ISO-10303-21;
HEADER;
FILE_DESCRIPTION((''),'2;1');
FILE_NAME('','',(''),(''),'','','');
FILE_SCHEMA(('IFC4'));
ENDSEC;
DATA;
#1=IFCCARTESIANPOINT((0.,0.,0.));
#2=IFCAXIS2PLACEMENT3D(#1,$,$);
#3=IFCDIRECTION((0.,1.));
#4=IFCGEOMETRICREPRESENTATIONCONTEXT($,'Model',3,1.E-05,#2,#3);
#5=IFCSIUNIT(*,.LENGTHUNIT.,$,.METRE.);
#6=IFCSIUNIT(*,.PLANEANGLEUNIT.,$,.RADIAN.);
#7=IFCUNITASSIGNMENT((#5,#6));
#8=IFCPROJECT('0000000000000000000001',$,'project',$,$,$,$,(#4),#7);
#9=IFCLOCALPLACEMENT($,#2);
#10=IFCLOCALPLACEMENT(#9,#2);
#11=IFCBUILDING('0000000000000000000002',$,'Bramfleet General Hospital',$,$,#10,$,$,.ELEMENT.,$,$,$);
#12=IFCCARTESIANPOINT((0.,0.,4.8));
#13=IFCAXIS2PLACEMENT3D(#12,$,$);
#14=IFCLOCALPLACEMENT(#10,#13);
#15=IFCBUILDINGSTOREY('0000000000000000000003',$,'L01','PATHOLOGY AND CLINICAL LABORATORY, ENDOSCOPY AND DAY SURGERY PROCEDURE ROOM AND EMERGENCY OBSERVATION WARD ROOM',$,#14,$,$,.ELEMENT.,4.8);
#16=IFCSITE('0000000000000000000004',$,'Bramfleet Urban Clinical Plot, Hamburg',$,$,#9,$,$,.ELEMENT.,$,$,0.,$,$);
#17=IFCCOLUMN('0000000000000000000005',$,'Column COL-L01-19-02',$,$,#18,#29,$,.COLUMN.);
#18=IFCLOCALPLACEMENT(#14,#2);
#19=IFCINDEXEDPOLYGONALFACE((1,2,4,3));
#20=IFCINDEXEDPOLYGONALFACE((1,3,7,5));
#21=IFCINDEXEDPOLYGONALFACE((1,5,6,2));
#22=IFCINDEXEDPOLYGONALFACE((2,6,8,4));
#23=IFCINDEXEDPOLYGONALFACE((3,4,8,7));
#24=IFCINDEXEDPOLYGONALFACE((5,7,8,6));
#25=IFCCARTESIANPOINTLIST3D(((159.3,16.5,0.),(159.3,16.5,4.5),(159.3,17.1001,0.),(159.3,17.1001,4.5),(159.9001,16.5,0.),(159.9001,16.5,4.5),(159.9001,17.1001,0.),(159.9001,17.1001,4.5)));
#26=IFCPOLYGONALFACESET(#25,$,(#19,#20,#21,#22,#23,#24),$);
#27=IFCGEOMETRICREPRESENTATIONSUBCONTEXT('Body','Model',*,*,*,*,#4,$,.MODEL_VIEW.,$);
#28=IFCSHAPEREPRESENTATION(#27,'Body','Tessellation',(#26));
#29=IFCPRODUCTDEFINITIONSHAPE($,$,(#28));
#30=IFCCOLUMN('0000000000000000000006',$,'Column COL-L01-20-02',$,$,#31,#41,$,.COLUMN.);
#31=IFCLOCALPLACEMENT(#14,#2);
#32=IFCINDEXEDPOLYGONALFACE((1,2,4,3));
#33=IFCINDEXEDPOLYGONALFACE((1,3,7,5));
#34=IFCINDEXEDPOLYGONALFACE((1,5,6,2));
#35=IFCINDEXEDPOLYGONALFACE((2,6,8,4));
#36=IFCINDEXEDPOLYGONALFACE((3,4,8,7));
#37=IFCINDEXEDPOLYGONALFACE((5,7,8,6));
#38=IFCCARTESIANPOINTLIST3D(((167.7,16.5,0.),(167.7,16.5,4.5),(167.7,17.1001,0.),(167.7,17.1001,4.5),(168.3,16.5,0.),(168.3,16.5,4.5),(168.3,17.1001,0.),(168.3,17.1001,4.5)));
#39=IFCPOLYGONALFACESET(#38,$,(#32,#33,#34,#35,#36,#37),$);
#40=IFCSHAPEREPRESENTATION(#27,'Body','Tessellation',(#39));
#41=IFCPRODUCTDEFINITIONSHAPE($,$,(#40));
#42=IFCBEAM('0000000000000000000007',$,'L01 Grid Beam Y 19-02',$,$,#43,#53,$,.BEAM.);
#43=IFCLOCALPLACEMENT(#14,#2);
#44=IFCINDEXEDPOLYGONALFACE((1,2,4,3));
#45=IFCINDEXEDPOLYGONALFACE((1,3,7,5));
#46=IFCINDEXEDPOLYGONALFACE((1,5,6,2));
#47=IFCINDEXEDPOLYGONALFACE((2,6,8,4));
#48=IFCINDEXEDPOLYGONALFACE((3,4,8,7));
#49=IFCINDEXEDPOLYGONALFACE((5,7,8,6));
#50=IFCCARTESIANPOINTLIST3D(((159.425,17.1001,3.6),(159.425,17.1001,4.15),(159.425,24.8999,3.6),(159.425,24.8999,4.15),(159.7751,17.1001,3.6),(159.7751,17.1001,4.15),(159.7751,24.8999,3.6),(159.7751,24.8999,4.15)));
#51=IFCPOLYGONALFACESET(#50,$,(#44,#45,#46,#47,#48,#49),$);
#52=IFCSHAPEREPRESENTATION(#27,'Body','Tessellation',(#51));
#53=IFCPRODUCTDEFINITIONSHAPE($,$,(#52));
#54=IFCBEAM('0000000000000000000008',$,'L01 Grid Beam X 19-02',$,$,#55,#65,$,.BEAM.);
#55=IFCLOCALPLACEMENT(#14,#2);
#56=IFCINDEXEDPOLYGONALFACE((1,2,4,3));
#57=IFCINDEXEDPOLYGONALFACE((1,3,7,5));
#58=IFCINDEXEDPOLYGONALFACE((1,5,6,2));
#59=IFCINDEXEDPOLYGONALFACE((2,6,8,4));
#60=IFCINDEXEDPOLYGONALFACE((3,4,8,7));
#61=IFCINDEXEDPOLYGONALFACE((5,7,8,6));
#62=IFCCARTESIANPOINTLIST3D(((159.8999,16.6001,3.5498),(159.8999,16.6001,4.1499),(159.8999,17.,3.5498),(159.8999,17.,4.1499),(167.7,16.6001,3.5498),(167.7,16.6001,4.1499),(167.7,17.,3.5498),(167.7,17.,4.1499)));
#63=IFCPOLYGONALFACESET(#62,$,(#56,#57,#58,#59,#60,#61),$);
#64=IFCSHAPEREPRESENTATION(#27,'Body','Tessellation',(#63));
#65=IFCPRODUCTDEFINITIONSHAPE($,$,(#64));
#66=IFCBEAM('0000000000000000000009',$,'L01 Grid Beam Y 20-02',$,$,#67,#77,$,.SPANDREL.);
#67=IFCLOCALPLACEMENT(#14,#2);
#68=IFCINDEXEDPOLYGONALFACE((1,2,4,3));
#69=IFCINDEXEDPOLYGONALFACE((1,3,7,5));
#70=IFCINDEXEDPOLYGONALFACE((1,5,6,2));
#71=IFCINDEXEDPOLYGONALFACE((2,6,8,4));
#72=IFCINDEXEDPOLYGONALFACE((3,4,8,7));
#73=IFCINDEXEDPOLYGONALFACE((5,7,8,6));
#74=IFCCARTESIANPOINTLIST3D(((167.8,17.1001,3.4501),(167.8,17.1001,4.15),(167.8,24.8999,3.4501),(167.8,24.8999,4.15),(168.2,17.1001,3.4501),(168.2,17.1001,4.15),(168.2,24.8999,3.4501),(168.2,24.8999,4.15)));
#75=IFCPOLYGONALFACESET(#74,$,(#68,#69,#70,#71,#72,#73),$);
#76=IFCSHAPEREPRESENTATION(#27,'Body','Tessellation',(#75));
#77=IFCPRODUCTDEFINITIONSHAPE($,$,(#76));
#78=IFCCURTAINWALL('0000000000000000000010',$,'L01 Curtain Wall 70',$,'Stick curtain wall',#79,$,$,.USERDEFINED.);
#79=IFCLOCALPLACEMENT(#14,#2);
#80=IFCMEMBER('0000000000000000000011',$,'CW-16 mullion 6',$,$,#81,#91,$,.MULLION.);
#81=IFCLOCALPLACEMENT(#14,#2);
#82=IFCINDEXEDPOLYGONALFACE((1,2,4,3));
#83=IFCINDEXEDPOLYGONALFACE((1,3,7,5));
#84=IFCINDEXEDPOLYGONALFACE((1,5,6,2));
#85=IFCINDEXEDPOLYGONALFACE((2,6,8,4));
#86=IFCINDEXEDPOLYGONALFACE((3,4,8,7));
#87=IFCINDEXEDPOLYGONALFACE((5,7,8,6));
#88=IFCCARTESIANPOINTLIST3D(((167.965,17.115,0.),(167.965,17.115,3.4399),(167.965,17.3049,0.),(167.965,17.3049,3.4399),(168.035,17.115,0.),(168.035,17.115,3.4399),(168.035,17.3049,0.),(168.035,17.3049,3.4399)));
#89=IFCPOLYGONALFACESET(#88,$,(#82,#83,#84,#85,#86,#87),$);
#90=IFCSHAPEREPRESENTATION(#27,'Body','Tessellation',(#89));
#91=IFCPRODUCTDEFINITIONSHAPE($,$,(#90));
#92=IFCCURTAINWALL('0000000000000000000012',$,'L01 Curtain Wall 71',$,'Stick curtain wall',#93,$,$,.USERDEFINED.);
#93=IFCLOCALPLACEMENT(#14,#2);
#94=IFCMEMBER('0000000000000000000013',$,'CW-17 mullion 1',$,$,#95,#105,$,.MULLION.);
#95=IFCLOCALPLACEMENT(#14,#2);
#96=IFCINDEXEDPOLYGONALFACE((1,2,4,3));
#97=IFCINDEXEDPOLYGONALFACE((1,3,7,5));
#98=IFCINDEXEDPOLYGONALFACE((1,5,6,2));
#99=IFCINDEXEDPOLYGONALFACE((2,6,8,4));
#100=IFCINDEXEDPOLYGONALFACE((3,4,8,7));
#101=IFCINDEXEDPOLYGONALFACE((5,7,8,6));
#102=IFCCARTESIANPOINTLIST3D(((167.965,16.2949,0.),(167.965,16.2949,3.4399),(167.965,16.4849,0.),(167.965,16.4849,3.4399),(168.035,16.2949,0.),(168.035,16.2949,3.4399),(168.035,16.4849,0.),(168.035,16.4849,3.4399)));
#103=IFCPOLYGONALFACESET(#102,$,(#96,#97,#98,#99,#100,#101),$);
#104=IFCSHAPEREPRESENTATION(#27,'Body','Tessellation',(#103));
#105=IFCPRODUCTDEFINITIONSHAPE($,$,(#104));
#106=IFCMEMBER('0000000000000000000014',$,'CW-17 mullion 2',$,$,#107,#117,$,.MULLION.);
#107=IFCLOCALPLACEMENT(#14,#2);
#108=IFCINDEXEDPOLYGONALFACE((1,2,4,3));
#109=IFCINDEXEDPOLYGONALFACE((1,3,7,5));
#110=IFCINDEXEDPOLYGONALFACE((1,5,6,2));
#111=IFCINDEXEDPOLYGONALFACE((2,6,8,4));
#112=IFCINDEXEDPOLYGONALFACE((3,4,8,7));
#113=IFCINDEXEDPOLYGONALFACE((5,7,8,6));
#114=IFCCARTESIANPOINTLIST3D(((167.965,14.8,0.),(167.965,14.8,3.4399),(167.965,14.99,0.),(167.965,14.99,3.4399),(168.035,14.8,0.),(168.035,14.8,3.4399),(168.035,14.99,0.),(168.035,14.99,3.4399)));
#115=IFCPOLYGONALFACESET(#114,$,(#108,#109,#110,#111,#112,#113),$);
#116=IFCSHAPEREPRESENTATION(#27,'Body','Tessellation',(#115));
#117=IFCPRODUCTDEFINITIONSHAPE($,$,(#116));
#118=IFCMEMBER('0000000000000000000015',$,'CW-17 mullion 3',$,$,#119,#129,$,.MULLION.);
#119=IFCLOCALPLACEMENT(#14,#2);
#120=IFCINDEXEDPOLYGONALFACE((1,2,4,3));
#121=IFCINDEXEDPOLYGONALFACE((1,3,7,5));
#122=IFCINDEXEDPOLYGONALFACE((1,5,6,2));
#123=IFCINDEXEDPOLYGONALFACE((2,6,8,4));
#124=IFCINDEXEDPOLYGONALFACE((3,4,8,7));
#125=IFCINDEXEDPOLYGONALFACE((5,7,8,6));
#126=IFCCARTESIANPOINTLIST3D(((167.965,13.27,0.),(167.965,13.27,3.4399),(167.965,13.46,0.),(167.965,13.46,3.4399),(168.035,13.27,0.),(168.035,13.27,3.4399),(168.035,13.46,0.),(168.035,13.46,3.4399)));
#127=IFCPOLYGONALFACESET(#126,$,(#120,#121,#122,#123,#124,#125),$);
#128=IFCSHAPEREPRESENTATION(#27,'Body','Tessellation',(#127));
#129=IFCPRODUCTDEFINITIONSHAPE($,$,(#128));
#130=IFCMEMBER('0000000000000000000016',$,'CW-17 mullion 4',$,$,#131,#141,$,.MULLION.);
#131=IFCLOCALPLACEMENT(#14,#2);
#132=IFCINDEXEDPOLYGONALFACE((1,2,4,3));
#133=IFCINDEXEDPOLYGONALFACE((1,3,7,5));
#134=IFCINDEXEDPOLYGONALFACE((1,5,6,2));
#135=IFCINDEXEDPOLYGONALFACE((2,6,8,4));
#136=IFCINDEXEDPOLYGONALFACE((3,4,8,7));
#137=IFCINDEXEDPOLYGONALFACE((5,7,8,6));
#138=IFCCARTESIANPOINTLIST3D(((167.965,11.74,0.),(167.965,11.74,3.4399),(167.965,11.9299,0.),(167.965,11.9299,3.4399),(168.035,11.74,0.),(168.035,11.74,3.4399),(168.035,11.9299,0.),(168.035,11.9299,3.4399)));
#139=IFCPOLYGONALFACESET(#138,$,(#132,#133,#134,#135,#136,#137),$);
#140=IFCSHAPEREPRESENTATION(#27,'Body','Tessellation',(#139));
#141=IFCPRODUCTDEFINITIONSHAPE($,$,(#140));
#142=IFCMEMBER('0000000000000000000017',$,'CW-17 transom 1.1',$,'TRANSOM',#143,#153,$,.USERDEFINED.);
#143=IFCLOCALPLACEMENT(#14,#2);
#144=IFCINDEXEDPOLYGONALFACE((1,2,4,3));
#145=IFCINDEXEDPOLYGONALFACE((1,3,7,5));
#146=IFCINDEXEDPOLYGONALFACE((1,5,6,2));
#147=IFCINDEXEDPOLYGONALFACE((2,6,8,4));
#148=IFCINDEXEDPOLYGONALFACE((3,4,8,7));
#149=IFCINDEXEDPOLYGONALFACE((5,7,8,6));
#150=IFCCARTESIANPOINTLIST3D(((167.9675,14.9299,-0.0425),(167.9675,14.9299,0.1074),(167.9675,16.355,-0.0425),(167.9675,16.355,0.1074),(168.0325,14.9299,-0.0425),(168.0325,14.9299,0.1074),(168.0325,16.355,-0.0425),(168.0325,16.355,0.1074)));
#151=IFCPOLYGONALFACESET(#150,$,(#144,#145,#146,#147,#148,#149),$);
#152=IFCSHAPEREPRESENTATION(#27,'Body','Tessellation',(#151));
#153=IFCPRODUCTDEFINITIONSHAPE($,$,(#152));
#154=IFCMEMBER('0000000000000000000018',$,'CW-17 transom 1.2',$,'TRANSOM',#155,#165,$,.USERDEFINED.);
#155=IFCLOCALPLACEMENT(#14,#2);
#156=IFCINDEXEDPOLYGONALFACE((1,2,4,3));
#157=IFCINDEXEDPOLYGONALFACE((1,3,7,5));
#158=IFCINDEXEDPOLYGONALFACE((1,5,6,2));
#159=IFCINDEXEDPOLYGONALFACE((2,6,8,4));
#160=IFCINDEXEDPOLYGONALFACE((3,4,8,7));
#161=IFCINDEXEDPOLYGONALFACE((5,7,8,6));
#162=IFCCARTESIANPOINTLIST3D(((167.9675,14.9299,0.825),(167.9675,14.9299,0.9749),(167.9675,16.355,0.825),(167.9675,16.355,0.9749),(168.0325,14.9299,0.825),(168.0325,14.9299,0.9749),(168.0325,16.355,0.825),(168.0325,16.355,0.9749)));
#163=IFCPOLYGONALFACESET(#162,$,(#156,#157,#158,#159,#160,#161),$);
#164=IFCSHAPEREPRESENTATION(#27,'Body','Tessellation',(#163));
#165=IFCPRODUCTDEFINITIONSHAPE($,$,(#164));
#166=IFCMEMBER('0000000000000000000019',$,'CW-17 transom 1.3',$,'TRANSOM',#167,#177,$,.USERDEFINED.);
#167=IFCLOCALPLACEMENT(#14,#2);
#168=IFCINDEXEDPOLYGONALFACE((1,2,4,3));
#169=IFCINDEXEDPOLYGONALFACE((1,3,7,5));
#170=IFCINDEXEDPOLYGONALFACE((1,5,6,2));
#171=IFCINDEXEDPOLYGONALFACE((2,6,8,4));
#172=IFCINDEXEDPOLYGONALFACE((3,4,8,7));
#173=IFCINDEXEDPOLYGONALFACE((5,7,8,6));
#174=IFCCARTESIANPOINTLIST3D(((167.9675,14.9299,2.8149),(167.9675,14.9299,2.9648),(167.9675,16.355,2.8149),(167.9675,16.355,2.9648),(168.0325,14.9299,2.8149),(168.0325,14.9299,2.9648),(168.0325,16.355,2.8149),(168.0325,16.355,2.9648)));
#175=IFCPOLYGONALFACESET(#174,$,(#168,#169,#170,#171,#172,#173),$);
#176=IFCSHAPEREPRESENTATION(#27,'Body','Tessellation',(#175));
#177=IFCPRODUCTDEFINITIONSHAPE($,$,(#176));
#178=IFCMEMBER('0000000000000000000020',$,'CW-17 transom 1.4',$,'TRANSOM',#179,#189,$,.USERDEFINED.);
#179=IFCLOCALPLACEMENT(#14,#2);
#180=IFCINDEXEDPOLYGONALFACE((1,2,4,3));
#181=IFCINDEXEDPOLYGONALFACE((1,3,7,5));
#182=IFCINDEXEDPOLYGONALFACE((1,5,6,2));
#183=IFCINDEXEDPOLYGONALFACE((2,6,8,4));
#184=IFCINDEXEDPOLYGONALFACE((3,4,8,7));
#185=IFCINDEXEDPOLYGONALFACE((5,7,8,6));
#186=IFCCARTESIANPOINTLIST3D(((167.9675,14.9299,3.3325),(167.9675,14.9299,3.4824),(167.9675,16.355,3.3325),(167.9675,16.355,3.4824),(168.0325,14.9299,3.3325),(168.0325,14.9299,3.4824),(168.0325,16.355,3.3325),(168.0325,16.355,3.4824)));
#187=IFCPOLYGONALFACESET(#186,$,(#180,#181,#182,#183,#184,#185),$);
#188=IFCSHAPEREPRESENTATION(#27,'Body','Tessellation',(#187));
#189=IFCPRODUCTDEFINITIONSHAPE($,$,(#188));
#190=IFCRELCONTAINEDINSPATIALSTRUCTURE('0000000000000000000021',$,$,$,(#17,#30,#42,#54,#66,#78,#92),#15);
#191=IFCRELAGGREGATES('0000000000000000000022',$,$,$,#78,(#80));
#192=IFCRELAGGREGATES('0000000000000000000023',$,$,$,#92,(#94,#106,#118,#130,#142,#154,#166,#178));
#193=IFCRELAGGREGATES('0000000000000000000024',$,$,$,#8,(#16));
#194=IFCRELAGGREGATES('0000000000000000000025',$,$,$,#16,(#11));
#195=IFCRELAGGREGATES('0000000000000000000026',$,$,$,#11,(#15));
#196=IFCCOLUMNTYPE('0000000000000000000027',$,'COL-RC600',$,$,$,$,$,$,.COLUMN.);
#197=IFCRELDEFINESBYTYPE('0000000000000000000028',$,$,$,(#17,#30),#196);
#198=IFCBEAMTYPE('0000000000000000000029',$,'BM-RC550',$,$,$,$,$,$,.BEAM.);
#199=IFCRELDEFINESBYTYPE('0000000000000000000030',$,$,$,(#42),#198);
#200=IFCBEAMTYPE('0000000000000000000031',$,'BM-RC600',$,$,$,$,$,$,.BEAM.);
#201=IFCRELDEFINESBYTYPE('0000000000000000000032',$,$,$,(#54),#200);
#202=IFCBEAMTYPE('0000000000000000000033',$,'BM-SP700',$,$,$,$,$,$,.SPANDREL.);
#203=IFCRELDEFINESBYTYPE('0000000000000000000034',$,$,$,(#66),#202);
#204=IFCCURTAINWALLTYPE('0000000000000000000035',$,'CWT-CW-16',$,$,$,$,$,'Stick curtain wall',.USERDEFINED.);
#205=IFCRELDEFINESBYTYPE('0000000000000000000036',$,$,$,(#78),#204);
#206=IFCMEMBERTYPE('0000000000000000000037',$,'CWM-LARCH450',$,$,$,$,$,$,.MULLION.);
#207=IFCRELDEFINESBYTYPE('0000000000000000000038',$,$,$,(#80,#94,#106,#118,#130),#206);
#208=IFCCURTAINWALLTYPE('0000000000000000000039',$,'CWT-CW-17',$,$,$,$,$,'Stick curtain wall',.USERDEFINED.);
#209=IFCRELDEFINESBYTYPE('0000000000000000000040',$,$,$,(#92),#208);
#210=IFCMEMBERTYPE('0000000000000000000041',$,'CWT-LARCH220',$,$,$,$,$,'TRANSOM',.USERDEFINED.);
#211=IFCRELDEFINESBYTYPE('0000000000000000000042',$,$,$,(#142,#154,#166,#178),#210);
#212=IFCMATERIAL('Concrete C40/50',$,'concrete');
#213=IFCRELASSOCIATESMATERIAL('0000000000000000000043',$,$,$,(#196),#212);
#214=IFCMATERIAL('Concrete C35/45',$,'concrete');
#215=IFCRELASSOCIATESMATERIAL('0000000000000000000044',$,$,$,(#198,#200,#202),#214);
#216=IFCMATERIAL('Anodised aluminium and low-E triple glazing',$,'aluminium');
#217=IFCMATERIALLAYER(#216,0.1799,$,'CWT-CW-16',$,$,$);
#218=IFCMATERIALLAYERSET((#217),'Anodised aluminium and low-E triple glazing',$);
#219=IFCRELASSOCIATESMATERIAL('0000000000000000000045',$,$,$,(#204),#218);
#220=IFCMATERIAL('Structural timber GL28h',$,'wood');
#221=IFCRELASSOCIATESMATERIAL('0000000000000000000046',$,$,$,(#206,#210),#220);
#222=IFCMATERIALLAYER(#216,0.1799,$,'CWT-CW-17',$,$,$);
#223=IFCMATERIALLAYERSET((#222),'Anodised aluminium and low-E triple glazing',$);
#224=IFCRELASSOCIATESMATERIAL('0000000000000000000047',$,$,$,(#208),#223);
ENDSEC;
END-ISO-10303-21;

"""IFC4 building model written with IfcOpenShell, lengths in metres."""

from ifc_helpers import new_model, si_unit, direction, frame, origin, origin_2d, place, context, subcontext, project, spatial, rectangle, extrude, material, layer, layer_set, material_profile, profile_set, type_object, element, aggregate, save


model = new_model("IFC4")

# Units and contexts
model_context = context("Model", 3, precision=1e-05, world=origin(), true_north=direction((0.0, 1.0)))
body_context = subcontext(model_context, "Body", "Model", "MODEL_VIEW")
ifc_project = project(units=[si_unit("LENGTHUNIT", "METRE"), si_unit("PLANEANGLEUNIT", "RADIAN")], contexts=[model_context])

# Site, building, storey
site_placement = place(None, origin())
site = spatial("IfcSite", under=ifc_project, at=site_placement, Name="Bramfleet Urban Clinical Plot, Hamburg", CompositionType="ELEMENT", RefElevation=0.0)
building_placement = place(site_placement, origin())
building = spatial("IfcBuilding", under=site, at=building_placement, Name="Bramfleet General Hospital", CompositionType="ELEMENT")
storey_placement = place(building_placement, frame((0.0, 0.0, 4.8)))
storey = spatial("IfcBuildingStorey", under=building, at=storey_placement, Name="L01", Description="PATHOLOGY AND CLINICAL LABORATORY, ENDOSCOPY AND DAY SURGERY PROCEDURE ROOM AND EMERGENCY OBSERVATION WARD ROOM", CompositionType="ELEMENT", Elevation=4.8)

# Columns
ifc_material_1 = material(Name="Concrete C40/50", Category="concrete")
ifc_material_profile_1 = material_profile(ifc_material_1, rectangle(XDim=0.6001, YDim=0.6001, at=origin_2d()), Name="RC COL 600x600")
ifc_profile_set_1 = profile_set([ifc_material_profile_1], Name="Concrete C40/50")
column_type = type_object("IfcColumnType", Name="COL-RC600", PredefinedType="COLUMN", material=ifc_profile_set_1)
for number, where, z_axis, x_axis, name in (
    (1, (159.6001, 16.8, 0.0), (0.0, 0.0, 1.0), (1.0, 0.0, 0.0), "Column COL-L01-19-02"),
    (2, (168.0, 16.8, 0.0), (0.0, 0.0, 1.0), (1.0, 0.0, 0.0), "Column COL-L01-20-02"),
):
    element("IfcColumn", number, at=place(storey_placement, frame(where, z_axis=z_axis, x_axis=x_axis)), inside=storey, type_object=column_type, Name=name, PredefinedType="COLUMN", context=body_context, shape_type="SweptSolid", body=[
        extrude(rectangle(XDim=0.6001, YDim=0.6001, at=origin_2d()), origin(), (0.0, 0.0, 1.0), 4.5),
    ])

# Beams
ifc_material_2 = material(Name="Concrete C35/45", Category="concrete")
ifc_material_profile_2 = material_profile(ifc_material_2, rectangle(XDim=0.3501, YDim=0.55, at=origin_2d()), Name="RC BM 550x350")
ifc_profile_set_2 = profile_set([ifc_material_profile_2], Name="Concrete C35/45")
beam_type_1 = type_object("IfcBeamType", Name="BM-RC550", PredefinedType="BEAM", material=ifc_profile_set_2)
beam_1_placement = place(storey_placement, frame((159.6001, 17.1001, 3.875), z_axis=(0.0, 1.0, 0.0), x_axis=(-1.0, 0.0, 0.0)))
element("IfcBeam", 3, at=beam_1_placement, inside=storey, type_object=beam_type_1, Name="L01 Grid Beam Y 19-02", PredefinedType="BEAM", context=body_context, shape_type="SweptSolid", body=[
    extrude(rectangle(XDim=0.3501, YDim=0.55, at=origin_2d()), origin(), (0.0, 0.0, 1.0), 7.7998),
])
ifc_material_profile_3 = material_profile(ifc_material_2, rectangle(XDim=0.3999, YDim=0.6001, at=origin_2d()), Name="RC BM 600x400")
ifc_profile_set_3 = profile_set([ifc_material_profile_3], Name="Concrete C35/45")
beam_type_2 = type_object("IfcBeamType", Name="BM-RC600", PredefinedType="BEAM", material=ifc_profile_set_3)
beam_2_placement = place(storey_placement, frame((159.8999, 16.8, 3.8499), z_axis=(1.0, 0.0, 0.0), x_axis=(0.0, 1.0, 0.0)))
element("IfcBeam", 4, at=beam_2_placement, inside=storey, type_object=beam_type_2, Name="L01 Grid Beam X 19-02", PredefinedType="BEAM", context=body_context, shape_type="SweptSolid", body=[
    extrude(rectangle(XDim=0.3999, YDim=0.6001, at=origin_2d()), origin(), (0.0, 0.0, 1.0), 7.8),
])
ifc_material_profile_4 = material_profile(ifc_material_2, rectangle(XDim=0.3999, YDim=0.7, at=origin_2d()), Name="RC SP 700x400")
ifc_profile_set_4 = profile_set([ifc_material_profile_4], Name="Concrete C35/45")
beam_type_3 = type_object("IfcBeamType", Name="BM-SP700", PredefinedType="SPANDREL", material=ifc_profile_set_4)
beam_3_placement = place(storey_placement, frame((168.0, 17.1001, 3.8), z_axis=(0.0, 1.0, 0.0), x_axis=(-1.0, 0.0, 0.0)))
element("IfcBeam", 5, at=beam_3_placement, inside=storey, type_object=beam_type_3, Name="L01 Grid Beam Y 20-02", PredefinedType="SPANDREL", context=body_context, shape_type="SweptSolid", body=[
    extrude(rectangle(XDim=0.3999, YDim=0.7, at=origin_2d()), origin(), (0.0, 0.0, 1.0), 7.7998),
])

# Curtain wall, member
ifc_material_3 = material(Name="Anodised aluminium and low-E triple glazing", Category="aluminium")
ifc_layer_1 = layer(ifc_material_3, 0.1799, Name="CWT-CW-16")
ifc_layer_set_1 = layer_set([ifc_layer_1], Name="Anodised aluminium and low-E triple glazing")
curtain_wall_type_1 = type_object("IfcCurtainWallType", Name="CWT-CW-16", ElementType="Stick curtain wall", PredefinedType="USERDEFINED", material=ifc_layer_set_1)
curtain_wall_1_placement = place(storey_placement, origin())
curtain_wall_1 = element("IfcCurtainWall", 6, at=curtain_wall_1_placement, inside=storey, type_object=curtain_wall_type_1, Name="L01 Curtain Wall 70", ObjectType="Stick curtain wall", PredefinedType="USERDEFINED")
ifc_material_4 = material(Name="Structural timber GL28h", Category="wood")
ifc_material_profile_5 = material_profile(ifc_material_4, rectangle(XDim=0.0701, YDim=0.1899, at=origin_2d()), Name="LARCH 190x70")
ifc_profile_set_5 = profile_set([ifc_material_profile_5], Name="Structural timber GL28h")
member_type_1 = type_object("IfcMemberType", Name="CWM-LARCH450", PredefinedType="MULLION", material=ifc_profile_set_5)
member_1_placement = place(storey_placement, frame((168.0, 17.21, 0.0), z_axis=(0.0, 0.0, 1.0), x_axis=(1.0, 0.0, 0.0)))
member_1 = element("IfcMember", 7, at=member_1_placement, type_object=member_type_1, Name="CW-16 mullion 6", PredefinedType="MULLION", context=body_context, shape_type="SweptSolid", body=[
    extrude(rectangle(XDim=0.0701, YDim=0.1899, at=origin_2d()), origin(), (0.0, 0.0, 1.0), 3.4399),
])
aggregate(curtain_wall_1, [member_1])

# Curtain wall, members
ifc_layer_2 = layer(ifc_material_3, 0.1799, Name="CWT-CW-17")
ifc_layer_set_2 = layer_set([ifc_layer_2], Name="Anodised aluminium and low-E triple glazing")
curtain_wall_type_2 = type_object("IfcCurtainWallType", Name="CWT-CW-17", ElementType="Stick curtain wall", PredefinedType="USERDEFINED", material=ifc_layer_set_2)
curtain_wall_2_placement = place(storey_placement, origin())
curtain_wall_2 = element("IfcCurtainWall", 8, at=curtain_wall_2_placement, inside=storey, type_object=curtain_wall_type_2, Name="L01 Curtain Wall 71", ObjectType="Stick curtain wall", PredefinedType="USERDEFINED")
member_2_placement = place(storey_placement, frame((168.0, 16.3899, 0.0), z_axis=(0.0, 0.0, 1.0), x_axis=(1.0, 0.0, 0.0)))
member_2 = element("IfcMember", 9, at=member_2_placement, type_object=member_type_1, Name="CW-17 mullion 1", PredefinedType="MULLION", context=body_context, shape_type="SweptSolid", body=[
    extrude(rectangle(XDim=0.0701, YDim=0.1899, at=origin_2d()), origin(), (0.0, 0.0, 1.0), 3.4399),
])
member_3_placement = place(storey_placement, frame((168.0, 14.895, 0.0), z_axis=(0.0, 0.0, 1.0), x_axis=(1.0, 0.0, 0.0)))
member_3 = element("IfcMember", 10, at=member_3_placement, type_object=member_type_1, Name="CW-17 mullion 2", PredefinedType="MULLION", context=body_context, shape_type="SweptSolid", body=[
    extrude(rectangle(XDim=0.0701, YDim=0.1899, at=origin_2d()), origin(), (0.0, 0.0, 1.0), 3.4399),
])
member_4_placement = place(storey_placement, frame((168.0, 13.365, 0.0), z_axis=(0.0, 0.0, 1.0), x_axis=(1.0, 0.0, 0.0)))
member_4 = element("IfcMember", 11, at=member_4_placement, type_object=member_type_1, Name="CW-17 mullion 3", PredefinedType="MULLION", context=body_context, shape_type="SweptSolid", body=[
    extrude(rectangle(XDim=0.0701, YDim=0.1899, at=origin_2d()), origin(), (0.0, 0.0, 1.0), 3.4399),
])
member_5_placement = place(storey_placement, frame((168.0, 11.835, 0.0), z_axis=(0.0, 0.0, 1.0), x_axis=(1.0, 0.0, 0.0)))
member_5 = element("IfcMember", 12, at=member_5_placement, type_object=member_type_1, Name="CW-17 mullion 4", PredefinedType="MULLION", context=body_context, shape_type="SweptSolid", body=[
    extrude(rectangle(XDim=0.0701, YDim=0.1899, at=origin_2d()), origin(), (0.0, 0.0, 1.0), 3.4399),
])
ifc_material_profile_6 = material_profile(ifc_material_4, rectangle(XDim=0.0649, YDim=0.1499, at=origin_2d()), Name="LARCH 150x65")
ifc_profile_set_6 = profile_set([ifc_material_profile_6], Name="Structural timber GL28h")
member_type_2 = type_object("IfcMemberType", Name="CWT-LARCH220", ElementType="TRANSOM", PredefinedType="USERDEFINED", material=ifc_profile_set_6)
member_6_placement = place(storey_placement, frame((168.0, 16.355, 0.0325), z_axis=(0.0, -1.0, 0.0), x_axis=(1.0, 0.0, 0.0)))
member_6 = element("IfcMember", 13, at=member_6_placement, type_object=member_type_2, Name="CW-17 transom 1.1", ObjectType="TRANSOM", PredefinedType="USERDEFINED", context=body_context, shape_type="SweptSolid", body=[
    extrude(rectangle(XDim=0.0649, YDim=0.1499, at=origin_2d()), origin(), (0.0, 0.0, 1.0), 1.425),
])
member_7_placement = place(storey_placement, frame((168.0, 16.355, 0.8999), z_axis=(0.0, -1.0, 0.0), x_axis=(1.0, 0.0, 0.0)))
member_7 = element("IfcMember", 14, at=member_7_placement, type_object=member_type_2, Name="CW-17 transom 1.2", ObjectType="TRANSOM", PredefinedType="USERDEFINED", context=body_context, shape_type="SweptSolid", body=[
    extrude(rectangle(XDim=0.0649, YDim=0.1499, at=origin_2d()), origin(), (0.0, 0.0, 1.0), 1.425),
])
member_8_placement = place(storey_placement, frame((168.0, 16.355, 2.8899), z_axis=(0.0, -1.0, 0.0), x_axis=(1.0, 0.0, 0.0)))
member_8 = element("IfcMember", 15, at=member_8_placement, type_object=member_type_2, Name="CW-17 transom 1.3", ObjectType="TRANSOM", PredefinedType="USERDEFINED", context=body_context, shape_type="SweptSolid", body=[
    extrude(rectangle(XDim=0.0649, YDim=0.1499, at=origin_2d()), origin(), (0.0, 0.0, 1.0), 1.425),
])
member_9_placement = place(storey_placement, frame((168.0, 16.355, 3.4075), z_axis=(0.0, -1.0, 0.0), x_axis=(1.0, 0.0, 0.0)))
member_9 = element("IfcMember", 16, at=member_9_placement, type_object=member_type_2, Name="CW-17 transom 1.4", ObjectType="TRANSOM", PredefinedType="USERDEFINED", context=body_context, shape_type="SweptSolid", body=[
    extrude(rectangle(XDim=0.0649, YDim=0.1499, at=origin_2d()), origin(), (0.0, 0.0, 1.0), 1.425),
])
aggregate(curtain_wall_2, [member_2, member_3, member_4, member_5, member_6, member_7, member_8, member_9])

save(model, "model.ifc")
